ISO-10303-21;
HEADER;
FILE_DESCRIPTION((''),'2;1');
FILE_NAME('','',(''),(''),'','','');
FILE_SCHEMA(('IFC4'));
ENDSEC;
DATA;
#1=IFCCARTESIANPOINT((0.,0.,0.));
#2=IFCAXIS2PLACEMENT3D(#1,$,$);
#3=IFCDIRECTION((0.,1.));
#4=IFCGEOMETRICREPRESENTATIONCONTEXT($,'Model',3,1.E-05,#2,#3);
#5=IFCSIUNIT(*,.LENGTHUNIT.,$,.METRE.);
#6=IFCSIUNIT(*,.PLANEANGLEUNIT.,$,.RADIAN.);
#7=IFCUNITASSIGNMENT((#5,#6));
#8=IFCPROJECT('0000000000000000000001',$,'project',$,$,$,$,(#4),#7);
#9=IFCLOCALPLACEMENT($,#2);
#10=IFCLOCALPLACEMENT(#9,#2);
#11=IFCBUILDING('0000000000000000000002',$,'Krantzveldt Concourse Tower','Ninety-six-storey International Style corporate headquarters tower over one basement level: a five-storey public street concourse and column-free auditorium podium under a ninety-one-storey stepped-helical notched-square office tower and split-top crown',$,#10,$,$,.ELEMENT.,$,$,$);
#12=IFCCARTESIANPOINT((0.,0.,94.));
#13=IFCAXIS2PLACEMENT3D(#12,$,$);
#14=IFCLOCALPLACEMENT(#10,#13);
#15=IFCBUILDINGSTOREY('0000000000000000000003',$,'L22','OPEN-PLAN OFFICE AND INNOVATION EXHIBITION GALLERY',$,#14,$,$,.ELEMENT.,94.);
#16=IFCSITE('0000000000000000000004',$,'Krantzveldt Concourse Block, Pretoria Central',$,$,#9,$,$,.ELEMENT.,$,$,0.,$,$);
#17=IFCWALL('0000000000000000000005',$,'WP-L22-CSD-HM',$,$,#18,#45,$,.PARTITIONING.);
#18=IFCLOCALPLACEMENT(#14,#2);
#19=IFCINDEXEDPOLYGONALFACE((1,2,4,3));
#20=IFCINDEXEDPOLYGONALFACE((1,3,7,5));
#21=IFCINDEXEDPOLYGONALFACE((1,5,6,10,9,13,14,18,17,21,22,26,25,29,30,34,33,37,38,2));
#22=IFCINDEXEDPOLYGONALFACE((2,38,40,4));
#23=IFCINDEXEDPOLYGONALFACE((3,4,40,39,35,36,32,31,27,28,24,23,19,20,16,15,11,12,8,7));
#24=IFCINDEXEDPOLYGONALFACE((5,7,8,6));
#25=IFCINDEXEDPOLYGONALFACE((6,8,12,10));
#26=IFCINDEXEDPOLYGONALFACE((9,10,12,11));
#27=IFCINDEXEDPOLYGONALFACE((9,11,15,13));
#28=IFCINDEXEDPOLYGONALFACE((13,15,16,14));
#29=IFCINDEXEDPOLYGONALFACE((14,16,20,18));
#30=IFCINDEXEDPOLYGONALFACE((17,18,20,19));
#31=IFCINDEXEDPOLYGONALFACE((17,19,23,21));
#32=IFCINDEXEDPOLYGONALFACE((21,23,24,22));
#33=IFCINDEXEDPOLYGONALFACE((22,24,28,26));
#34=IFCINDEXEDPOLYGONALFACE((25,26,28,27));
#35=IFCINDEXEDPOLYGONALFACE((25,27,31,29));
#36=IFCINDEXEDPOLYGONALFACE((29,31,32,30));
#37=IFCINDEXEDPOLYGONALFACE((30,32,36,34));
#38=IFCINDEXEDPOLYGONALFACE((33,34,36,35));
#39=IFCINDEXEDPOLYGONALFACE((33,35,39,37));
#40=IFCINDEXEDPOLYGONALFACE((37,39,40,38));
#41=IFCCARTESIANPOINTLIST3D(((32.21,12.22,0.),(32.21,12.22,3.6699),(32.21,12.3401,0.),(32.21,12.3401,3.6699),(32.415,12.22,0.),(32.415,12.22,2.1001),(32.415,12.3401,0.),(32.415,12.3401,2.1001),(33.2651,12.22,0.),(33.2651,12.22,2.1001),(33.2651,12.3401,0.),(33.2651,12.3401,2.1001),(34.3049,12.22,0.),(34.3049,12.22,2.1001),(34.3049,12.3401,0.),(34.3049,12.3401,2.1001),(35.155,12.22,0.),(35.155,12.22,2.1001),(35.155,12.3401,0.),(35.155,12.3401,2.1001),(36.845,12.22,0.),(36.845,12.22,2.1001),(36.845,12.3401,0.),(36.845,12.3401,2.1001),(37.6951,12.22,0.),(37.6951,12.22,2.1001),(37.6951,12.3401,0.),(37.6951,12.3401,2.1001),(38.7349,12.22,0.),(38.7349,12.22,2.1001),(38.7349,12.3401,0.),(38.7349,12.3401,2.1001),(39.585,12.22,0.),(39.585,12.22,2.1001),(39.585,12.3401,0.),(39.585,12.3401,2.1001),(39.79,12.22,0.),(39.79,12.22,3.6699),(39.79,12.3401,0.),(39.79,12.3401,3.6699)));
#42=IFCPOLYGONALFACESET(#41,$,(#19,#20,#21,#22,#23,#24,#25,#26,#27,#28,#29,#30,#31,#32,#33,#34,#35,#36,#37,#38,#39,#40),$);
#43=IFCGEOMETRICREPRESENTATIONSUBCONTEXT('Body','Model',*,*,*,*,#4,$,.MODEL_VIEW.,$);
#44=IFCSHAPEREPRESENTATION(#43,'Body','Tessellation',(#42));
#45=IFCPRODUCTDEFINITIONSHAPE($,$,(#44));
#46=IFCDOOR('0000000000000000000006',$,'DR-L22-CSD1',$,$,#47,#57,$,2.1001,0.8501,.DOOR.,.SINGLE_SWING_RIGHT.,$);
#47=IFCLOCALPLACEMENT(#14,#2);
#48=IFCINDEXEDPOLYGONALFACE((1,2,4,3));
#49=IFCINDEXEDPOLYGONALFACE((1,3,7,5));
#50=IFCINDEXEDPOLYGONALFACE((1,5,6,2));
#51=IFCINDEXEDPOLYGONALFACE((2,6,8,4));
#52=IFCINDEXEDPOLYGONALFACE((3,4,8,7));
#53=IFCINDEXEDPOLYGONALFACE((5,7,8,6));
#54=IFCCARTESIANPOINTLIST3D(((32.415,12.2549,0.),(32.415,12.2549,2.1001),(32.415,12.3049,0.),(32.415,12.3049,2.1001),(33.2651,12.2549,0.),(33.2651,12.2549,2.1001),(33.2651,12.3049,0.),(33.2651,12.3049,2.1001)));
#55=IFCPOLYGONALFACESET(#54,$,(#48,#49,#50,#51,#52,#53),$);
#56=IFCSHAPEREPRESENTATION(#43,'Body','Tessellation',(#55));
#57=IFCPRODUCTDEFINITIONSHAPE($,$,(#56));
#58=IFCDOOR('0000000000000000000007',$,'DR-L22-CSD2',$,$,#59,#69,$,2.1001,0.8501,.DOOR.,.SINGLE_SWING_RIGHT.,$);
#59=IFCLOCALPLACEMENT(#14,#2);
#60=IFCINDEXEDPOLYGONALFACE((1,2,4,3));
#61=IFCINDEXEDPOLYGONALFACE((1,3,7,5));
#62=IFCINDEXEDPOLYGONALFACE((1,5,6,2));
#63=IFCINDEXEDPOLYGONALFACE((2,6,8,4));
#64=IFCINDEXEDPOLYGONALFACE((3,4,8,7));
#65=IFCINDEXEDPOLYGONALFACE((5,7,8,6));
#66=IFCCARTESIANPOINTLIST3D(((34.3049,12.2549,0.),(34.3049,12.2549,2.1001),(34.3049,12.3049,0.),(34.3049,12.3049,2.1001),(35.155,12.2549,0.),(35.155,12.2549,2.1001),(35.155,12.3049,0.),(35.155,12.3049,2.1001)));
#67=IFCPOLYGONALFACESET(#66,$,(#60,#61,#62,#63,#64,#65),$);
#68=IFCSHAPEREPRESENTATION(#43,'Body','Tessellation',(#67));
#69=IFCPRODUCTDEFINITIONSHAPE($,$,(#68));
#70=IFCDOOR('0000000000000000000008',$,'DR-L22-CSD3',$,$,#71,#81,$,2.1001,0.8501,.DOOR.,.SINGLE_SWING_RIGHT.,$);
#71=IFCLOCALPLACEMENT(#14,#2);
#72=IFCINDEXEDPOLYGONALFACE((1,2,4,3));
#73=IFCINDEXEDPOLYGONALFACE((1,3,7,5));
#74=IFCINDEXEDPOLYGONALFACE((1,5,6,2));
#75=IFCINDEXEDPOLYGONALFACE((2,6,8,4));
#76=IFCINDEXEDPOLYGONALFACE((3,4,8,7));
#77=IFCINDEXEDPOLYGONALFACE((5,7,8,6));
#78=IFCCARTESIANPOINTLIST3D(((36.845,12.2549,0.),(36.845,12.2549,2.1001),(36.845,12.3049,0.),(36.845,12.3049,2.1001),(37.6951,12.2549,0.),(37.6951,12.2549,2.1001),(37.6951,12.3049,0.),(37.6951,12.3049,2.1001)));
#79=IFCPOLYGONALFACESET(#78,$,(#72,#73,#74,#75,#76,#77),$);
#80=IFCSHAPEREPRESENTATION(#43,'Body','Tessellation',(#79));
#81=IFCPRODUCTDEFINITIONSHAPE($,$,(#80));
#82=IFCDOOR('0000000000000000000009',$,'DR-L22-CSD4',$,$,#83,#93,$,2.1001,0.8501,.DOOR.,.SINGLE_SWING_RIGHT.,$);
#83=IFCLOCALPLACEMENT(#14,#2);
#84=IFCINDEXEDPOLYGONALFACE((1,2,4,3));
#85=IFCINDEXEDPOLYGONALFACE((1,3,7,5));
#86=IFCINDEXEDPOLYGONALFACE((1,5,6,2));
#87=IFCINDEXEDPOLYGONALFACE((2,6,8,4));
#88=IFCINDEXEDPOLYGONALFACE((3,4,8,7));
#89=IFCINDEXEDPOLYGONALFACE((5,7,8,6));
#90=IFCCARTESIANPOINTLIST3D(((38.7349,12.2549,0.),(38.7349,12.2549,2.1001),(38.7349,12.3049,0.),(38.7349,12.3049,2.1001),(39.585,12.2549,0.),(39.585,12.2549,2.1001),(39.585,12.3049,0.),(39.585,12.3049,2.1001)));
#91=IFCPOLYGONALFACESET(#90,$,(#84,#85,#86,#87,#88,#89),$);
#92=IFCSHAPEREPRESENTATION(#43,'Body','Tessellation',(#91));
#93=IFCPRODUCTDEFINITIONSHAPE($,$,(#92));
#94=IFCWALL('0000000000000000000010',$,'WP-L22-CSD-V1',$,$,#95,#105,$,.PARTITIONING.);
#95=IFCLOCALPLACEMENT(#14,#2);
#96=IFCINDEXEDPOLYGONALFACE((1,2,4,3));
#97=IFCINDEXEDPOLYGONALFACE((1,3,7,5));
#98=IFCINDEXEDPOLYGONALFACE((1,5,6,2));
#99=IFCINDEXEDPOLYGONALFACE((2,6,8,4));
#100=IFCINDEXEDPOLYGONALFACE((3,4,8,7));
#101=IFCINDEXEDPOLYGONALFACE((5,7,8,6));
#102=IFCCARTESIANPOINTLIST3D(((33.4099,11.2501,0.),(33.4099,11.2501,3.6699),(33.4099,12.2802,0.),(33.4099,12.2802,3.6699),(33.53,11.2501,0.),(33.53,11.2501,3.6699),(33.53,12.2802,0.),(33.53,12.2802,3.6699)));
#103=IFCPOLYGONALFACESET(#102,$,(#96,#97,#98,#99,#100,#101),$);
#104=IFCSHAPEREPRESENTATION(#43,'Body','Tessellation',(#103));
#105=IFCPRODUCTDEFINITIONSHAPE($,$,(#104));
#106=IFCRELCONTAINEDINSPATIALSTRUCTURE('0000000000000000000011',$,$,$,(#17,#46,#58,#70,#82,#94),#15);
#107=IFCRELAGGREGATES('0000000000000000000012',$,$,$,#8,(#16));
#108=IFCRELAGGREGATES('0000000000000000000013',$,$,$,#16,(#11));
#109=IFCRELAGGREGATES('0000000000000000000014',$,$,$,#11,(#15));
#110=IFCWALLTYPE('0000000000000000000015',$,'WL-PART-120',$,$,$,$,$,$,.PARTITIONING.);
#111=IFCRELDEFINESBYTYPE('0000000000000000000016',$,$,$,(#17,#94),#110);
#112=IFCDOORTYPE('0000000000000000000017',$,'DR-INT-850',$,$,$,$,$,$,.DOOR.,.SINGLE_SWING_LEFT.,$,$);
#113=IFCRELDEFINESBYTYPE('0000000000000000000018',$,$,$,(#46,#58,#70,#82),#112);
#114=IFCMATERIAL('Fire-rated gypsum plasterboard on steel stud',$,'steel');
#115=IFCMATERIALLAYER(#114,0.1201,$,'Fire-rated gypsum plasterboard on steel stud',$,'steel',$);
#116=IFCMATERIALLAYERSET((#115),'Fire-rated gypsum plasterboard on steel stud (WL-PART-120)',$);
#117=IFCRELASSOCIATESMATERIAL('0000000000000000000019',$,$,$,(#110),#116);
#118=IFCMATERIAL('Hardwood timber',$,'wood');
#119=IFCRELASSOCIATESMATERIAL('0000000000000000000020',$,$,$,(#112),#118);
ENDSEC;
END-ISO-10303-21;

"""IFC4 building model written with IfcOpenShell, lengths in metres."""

from ifc_helpers import new_model, si_unit, direction, frame, frame_2d, origin, place, context, subcontext, project, spatial, rectangle, extrude, material, layer, layer_set, type_object, element, fill, save


model = new_model("IFC4")

# Units and contexts
model_context = context("Model", 3, precision=1e-05, world=origin(), true_north=direction((0.0, 1.0)))
body_context = subcontext(model_context, "Body", "Model", "MODEL_VIEW")
ifc_project = project(units=[si_unit("LENGTHUNIT", "METRE"), si_unit("PLANEANGLEUNIT", "RADIAN")], contexts=[model_context])

# Site, building, storey
site_placement = place(None, origin())
site = spatial("IfcSite", under=ifc_project, at=site_placement, Name="Krantzveldt Concourse Block, Pretoria Central", CompositionType="ELEMENT", RefElevation=0.0)
building_placement = place(site_placement, origin())
building = spatial("IfcBuilding", under=site, at=building_placement, Name="Krantzveldt Concourse Tower", Description="Ninety-six-storey International Style corporate headquarters tower over one basement level: a five-storey public street concourse and column-free auditorium podium under a ninety-one-storey stepped-helical notched-square office tower and split-top crown", CompositionType="ELEMENT")
storey_placement = place(building_placement, frame((0.0, 0.0, 94.0)))
storey = spatial("IfcBuildingStorey", under=building, at=storey_placement, Name="L22", Description="OPEN-PLAN OFFICE AND INNOVATION EXHIBITION GALLERY", CompositionType="ELEMENT", Elevation=94.0)

# Shared definitions
ifc_material_1 = material(Name="Fire-rated gypsum plasterboard on steel stud", Category="steel")
ifc_layer_1 = layer(ifc_material_1, 0.1201, Name="Fire-rated gypsum plasterboard on steel stud", Category="steel")
ifc_layer_set_1 = layer_set([ifc_layer_1], Name="Fire-rated gypsum plasterboard on steel stud (WL-PART-120)")
wall_type_1 = type_object("IfcWallType", Name="WL-PART-120", PredefinedType="PARTITIONING", material=ifc_layer_set_1)
ifc_material_2 = material(Name="Hardwood timber", Category="wood")
door_type_1 = type_object("IfcDoorType", Name="DR-INT-850", OperationType="SINGLE_SWING_LEFT", PredefinedType="DOOR", material=ifc_material_2)

# Wall, openings, doors
wall_1_placement = place(storey_placement, frame((32.21, 12.28, 0.0), z_axis=(0.0, 0.0, 1.0), x_axis=(1.0, 0.0, 0.0)))
wall_1 = element("IfcWall", 1, at=wall_1_placement, inside=storey, type_object=wall_type_1, Name="WP-L22-CSD-HM", PredefinedType="PARTITIONING", context=body_context, shape_type="SweptSolid", body=[
    extrude(rectangle(XDim=7.5801, YDim=0.1201, at=frame_2d((3.79, 0.0))), origin(), (0.0, 0.0, 1.0), 3.6699),
])
opening_1_placement = place(wall_1_placement, frame((0.2051, 0.0, 0.0)))
opening_1 = element("IfcOpeningElement", 2, at=opening_1_placement, cuts=wall_1, PredefinedType="OPENING", context=body_context, shape_type="SweptSolid", body=[
    extrude(rectangle(XDim=0.8501, YDim=2.1001, at=frame_2d((0.425, 1.05))), frame((0.0, 0.0701, 0.0), z_axis=(0.0, -1.0, 0.0), x_axis=(1.0, 0.0, 0.0)), (0.0, 0.0, 1.0), 0.1401),
])
opening_2_placement = place(wall_1_placement, frame((2.095, 0.0, 0.0)))
opening_2 = element("IfcOpeningElement", 3, at=opening_2_placement, cuts=wall_1, PredefinedType="OPENING", context=body_context, shape_type="SweptSolid", body=[
    extrude(rectangle(XDim=0.8501, YDim=2.1001, at=frame_2d((0.425, 1.05))), frame((0.0, 0.0701, 0.0), z_axis=(0.0, -1.0, 0.0), x_axis=(1.0, 0.0, 0.0)), (0.0, 0.0, 1.0), 0.1401),
])
opening_3_placement = place(wall_1_placement, frame((4.635, 0.0, 0.0)))
opening_3 = element("IfcOpeningElement", 4, at=opening_3_placement, cuts=wall_1, PredefinedType="OPENING", context=body_context, shape_type="SweptSolid", body=[
    extrude(rectangle(XDim=0.8501, YDim=2.1001, at=frame_2d((0.425, 1.05))), frame((0.0, 0.0701, 0.0), z_axis=(0.0, -1.0, 0.0), x_axis=(1.0, 0.0, 0.0)), (0.0, 0.0, 1.0), 0.1401),
])
opening_4_placement = place(wall_1_placement, frame((6.5249, 0.0, 0.0)))
opening_4 = element("IfcOpeningElement", 5, at=opening_4_placement, cuts=wall_1, PredefinedType="OPENING", context=body_context, shape_type="SweptSolid", body=[
    extrude(rectangle(XDim=0.8501, YDim=2.1001, at=frame_2d((0.425, 1.05))), frame((0.0, 0.0701, 0.0), z_axis=(0.0, -1.0, 0.0), x_axis=(1.0, 0.0, 0.0)), (0.0, 0.0, 1.0), 0.1401),
])
door_1_placement = place(opening_1_placement, origin())
door_1 = element("IfcDoor", 6, at=door_1_placement, inside=storey, type_object=door_type_1, Name="DR-L22-CSD1", OperationType="SINGLE_SWING_RIGHT", OverallHeight=2.1001, OverallWidth=0.8501, PredefinedType="DOOR", context=body_context, shape_type="SweptSolid", body=[
    extrude(rectangle(XDim=0.8501, YDim=2.1001, at=frame_2d((0.425, 1.05))), frame((0.0, 0.0249, 0.0), z_axis=(0.0, -1.0, 0.0), x_axis=(1.0, 0.0, 0.0)), (0.0, 0.0, 1.0), 0.05),
])
fill(opening_1, door_1)
door_2_placement = place(opening_2_placement, origin())
door_2 = element("IfcDoor", 7, at=door_2_placement, inside=storey, type_object=door_type_1, Name="DR-L22-CSD2", OperationType="SINGLE_SWING_RIGHT", OverallHeight=2.1001, OverallWidth=0.8501, PredefinedType="DOOR", context=body_context, shape_type="SweptSolid", body=[
    extrude(rectangle(XDim=0.8501, YDim=2.1001, at=frame_2d((0.425, 1.05))), frame((0.0, 0.0249, 0.0), z_axis=(0.0, -1.0, 0.0), x_axis=(1.0, 0.0, 0.0)), (0.0, 0.0, 1.0), 0.05),
])
fill(opening_2, door_2)
door_3_placement = place(opening_3_placement, origin())
door_3 = element("IfcDoor", 8, at=door_3_placement, inside=storey, type_object=door_type_1, Name="DR-L22-CSD3", OperationType="SINGLE_SWING_RIGHT", OverallHeight=2.1001, OverallWidth=0.8501, PredefinedType="DOOR", context=body_context, shape_type="SweptSolid", body=[
    extrude(rectangle(XDim=0.8501, YDim=2.1001, at=frame_2d((0.425, 1.05))), frame((0.0, 0.0249, 0.0), z_axis=(0.0, -1.0, 0.0), x_axis=(1.0, 0.0, 0.0)), (0.0, 0.0, 1.0), 0.05),
])
fill(opening_3, door_3)
door_4_placement = place(opening_4_placement, origin())
door_4 = element("IfcDoor", 9, at=door_4_placement, inside=storey, type_object=door_type_1, Name="DR-L22-CSD4", OperationType="SINGLE_SWING_RIGHT", OverallHeight=2.1001, OverallWidth=0.8501, PredefinedType="DOOR", context=body_context, shape_type="SweptSolid", body=[
    extrude(rectangle(XDim=0.8501, YDim=2.1001, at=frame_2d((0.425, 1.05))), frame((0.0, 0.0249, 0.0), z_axis=(0.0, -1.0, 0.0), x_axis=(1.0, 0.0, 0.0)), (0.0, 0.0, 1.0), 0.05),
])
fill(opening_4, door_4)

# Wall
wall_2_placement = place(storey_placement, frame((33.47, 11.25, 0.0), z_axis=(0.0, 0.0, 1.0), x_axis=(0.0, 1.0, 0.0)))
element("IfcWall", 10, at=wall_2_placement, inside=storey, type_object=wall_type_1, Name="WP-L22-CSD-V1", PredefinedType="PARTITIONING", context=body_context, shape_type="SweptSolid", body=[
    extrude(rectangle(XDim=1.03, YDim=0.1201, at=frame_2d((0.5151, 0.0))), origin(), (0.0, 0.0, 1.0), 3.6699),
])

save(model, "model.ifc")
